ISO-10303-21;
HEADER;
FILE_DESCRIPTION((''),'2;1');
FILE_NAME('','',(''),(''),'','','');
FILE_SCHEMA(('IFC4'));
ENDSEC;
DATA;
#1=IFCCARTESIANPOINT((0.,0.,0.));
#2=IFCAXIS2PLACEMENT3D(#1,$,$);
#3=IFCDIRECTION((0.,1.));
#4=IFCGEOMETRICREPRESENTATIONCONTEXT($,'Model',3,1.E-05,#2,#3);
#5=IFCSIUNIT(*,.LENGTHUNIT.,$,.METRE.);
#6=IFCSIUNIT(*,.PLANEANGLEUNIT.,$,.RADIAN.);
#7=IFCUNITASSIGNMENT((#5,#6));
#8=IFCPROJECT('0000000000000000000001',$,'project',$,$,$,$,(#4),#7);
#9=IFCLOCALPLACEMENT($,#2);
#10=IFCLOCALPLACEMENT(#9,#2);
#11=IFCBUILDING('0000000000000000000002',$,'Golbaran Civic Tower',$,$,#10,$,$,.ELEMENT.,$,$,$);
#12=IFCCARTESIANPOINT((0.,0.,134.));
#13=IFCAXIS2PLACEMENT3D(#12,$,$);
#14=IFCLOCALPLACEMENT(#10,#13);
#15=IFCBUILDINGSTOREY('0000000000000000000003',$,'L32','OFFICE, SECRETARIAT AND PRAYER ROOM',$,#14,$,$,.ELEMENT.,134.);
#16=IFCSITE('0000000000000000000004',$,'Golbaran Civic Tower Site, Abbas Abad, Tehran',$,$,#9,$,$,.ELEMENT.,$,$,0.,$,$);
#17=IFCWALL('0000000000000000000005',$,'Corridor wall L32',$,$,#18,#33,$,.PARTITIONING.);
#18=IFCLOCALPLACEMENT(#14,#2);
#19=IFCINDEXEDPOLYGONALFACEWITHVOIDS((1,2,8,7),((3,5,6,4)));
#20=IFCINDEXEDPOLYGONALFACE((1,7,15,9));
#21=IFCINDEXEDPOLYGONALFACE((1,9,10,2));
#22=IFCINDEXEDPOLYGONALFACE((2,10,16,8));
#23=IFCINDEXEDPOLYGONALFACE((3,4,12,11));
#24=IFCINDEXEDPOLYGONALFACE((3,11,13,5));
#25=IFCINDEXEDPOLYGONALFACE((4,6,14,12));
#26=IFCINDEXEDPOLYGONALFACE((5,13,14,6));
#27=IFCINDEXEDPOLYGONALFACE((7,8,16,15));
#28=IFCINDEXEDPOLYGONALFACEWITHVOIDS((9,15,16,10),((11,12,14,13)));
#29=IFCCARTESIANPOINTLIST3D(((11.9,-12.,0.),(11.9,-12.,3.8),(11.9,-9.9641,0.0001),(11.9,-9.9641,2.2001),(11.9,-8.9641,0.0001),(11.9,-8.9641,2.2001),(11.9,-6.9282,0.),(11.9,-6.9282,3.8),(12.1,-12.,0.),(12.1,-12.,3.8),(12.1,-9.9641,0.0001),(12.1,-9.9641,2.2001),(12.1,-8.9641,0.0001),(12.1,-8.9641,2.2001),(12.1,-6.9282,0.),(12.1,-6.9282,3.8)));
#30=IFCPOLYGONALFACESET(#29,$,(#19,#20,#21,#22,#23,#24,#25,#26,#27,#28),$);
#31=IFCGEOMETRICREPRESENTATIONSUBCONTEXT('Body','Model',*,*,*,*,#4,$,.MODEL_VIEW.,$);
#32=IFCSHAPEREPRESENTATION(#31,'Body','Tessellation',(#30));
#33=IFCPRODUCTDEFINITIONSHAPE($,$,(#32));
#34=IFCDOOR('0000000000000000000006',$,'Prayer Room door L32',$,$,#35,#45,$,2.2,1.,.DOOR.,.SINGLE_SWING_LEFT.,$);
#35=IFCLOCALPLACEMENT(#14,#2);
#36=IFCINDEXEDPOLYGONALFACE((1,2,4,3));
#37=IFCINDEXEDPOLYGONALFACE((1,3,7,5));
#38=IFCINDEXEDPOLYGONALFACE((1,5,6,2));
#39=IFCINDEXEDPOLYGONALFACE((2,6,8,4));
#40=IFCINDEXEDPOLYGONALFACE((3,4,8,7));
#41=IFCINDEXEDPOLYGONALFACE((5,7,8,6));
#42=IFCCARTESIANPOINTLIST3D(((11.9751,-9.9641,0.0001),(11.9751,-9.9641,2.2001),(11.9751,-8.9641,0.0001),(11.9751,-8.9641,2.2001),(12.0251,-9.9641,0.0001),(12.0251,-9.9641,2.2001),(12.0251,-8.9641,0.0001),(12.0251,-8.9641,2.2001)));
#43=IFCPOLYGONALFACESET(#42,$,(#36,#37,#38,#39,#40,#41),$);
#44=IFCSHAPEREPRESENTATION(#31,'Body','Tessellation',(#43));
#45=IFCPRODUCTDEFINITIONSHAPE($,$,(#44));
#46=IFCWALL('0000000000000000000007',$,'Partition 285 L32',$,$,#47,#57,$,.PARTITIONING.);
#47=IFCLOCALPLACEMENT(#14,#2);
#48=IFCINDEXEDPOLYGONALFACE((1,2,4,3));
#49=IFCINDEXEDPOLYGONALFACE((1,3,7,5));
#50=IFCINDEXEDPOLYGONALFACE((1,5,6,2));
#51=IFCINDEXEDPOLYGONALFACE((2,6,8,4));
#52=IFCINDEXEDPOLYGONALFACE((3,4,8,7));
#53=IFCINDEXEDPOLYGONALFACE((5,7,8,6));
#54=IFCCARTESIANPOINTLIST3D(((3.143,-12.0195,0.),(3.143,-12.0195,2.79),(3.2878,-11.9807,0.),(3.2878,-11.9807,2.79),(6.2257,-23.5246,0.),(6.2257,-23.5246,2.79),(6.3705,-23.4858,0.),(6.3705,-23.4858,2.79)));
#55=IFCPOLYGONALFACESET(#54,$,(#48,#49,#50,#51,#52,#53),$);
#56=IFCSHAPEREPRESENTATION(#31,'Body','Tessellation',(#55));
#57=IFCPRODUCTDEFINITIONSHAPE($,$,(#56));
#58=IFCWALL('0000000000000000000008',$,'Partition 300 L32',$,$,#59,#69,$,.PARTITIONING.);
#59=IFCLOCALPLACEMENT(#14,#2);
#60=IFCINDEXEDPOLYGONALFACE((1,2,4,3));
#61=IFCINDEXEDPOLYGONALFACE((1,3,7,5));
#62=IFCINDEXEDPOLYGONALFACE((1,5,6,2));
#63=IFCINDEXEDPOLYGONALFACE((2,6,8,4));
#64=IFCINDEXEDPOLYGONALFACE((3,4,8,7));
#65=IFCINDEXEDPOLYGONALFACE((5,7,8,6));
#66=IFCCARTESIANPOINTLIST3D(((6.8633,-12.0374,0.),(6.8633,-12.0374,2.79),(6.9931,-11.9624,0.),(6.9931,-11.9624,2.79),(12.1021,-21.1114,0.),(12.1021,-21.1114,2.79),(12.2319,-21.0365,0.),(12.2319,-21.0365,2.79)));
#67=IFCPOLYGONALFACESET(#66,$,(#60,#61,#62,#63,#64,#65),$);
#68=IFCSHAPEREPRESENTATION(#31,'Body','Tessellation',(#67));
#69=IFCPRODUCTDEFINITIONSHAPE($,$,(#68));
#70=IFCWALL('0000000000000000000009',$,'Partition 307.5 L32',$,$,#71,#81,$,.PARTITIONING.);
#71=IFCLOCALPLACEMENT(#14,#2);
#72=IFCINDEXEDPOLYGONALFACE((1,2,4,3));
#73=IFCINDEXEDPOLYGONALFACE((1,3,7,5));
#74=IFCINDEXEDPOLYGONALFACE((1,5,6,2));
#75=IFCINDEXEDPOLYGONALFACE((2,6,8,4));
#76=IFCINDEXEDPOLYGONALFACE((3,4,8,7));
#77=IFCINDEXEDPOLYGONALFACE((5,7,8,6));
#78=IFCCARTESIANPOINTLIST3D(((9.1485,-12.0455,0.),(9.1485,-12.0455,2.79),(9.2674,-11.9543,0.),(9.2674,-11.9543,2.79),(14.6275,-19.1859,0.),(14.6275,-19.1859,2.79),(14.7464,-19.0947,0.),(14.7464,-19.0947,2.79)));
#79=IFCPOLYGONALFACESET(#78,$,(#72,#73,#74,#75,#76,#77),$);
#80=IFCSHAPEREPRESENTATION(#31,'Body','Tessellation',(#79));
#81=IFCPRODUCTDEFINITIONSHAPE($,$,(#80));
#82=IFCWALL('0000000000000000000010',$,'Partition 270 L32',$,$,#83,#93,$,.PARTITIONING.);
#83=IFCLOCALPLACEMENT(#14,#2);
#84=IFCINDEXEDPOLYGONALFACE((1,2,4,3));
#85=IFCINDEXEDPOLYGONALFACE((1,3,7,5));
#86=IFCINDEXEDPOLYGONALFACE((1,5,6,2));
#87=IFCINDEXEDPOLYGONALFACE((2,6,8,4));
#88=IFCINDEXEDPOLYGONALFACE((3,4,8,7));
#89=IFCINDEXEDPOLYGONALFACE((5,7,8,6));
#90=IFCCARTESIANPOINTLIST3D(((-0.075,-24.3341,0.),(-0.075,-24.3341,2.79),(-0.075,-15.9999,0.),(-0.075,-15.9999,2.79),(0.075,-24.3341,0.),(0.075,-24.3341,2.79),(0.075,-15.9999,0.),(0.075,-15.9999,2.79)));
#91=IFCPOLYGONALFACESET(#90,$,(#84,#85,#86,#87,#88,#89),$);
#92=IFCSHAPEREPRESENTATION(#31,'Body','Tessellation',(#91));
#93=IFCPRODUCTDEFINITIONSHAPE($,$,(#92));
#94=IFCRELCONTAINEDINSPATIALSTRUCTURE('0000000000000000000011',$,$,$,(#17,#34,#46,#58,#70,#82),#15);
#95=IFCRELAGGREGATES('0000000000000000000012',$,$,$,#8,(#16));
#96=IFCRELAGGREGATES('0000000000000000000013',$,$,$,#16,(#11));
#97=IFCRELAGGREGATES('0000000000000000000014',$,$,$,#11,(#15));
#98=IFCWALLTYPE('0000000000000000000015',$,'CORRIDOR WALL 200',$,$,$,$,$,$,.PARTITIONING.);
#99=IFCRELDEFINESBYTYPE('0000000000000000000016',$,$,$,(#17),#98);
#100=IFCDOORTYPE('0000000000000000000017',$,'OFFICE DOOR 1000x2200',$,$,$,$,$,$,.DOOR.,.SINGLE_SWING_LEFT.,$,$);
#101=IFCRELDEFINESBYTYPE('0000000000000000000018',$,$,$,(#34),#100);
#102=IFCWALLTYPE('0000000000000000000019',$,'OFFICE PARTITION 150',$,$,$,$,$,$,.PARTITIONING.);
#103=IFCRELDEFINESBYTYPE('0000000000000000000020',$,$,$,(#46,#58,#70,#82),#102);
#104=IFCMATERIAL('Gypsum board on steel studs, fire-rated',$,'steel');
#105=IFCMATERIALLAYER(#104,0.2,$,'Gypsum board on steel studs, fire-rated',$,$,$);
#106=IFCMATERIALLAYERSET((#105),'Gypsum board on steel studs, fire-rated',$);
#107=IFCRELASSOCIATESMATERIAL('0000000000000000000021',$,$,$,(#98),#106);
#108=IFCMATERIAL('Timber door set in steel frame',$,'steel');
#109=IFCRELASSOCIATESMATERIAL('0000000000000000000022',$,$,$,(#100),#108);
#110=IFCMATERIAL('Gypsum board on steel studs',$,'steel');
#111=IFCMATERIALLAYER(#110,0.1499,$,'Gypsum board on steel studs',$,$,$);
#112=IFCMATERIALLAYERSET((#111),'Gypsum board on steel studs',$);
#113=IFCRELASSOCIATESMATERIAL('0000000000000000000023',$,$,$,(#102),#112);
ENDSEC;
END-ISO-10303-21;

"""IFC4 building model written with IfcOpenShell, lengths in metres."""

from ifc_helpers import new_model, si_unit, direction, frame, frame_2d, origin, place, context, subcontext, project, spatial, rectangle, extrude, material, layer, layer_set, type_object, element, fill, save


model = new_model("IFC4")

# Units and contexts
model_context = context("Model", 3, precision=1e-05, world=origin(), true_north=direction((0.0, 1.0)))
body_context = subcontext(model_context, "Body", "Model", "MODEL_VIEW")
ifc_project = project(units=[si_unit("LENGTHUNIT", "METRE"), si_unit("PLANEANGLEUNIT", "RADIAN")], contexts=[model_context])

# Site, building, storey
site_placement = place(None, origin())
site = spatial("IfcSite", under=ifc_project, at=site_placement, Name="Golbaran Civic Tower Site, Abbas Abad, Tehran", CompositionType="ELEMENT", RefElevation=0.0)
building_placement = place(site_placement, origin())
building = spatial("IfcBuilding", under=site, at=building_placement, Name="Golbaran Civic Tower", CompositionType="ELEMENT")
storey_placement = place(building_placement, frame((0.0, 0.0, 134.0)))
storey = spatial("IfcBuildingStorey", under=building, at=storey_placement, Name="L32", Description="OFFICE, SECRETARIAT AND PRAYER ROOM", CompositionType="ELEMENT", Elevation=134.0)

# Shared definitions
ifc_material_1 = material(Name="Gypsum board on steel studs, fire-rated", Category="steel")
ifc_layer_1 = layer(ifc_material_1, 0.2, Name="Gypsum board on steel studs, fire-rated")
ifc_layer_set_1 = layer_set([ifc_layer_1], Name="Gypsum board on steel studs, fire-rated")
wall_type_1 = type_object("IfcWallType", Name="CORRIDOR WALL 200", PredefinedType="PARTITIONING", material=ifc_layer_set_1)
ifc_material_2 = material(Name="Timber door set in steel frame", Category="steel")
door_type = type_object("IfcDoorType", Name="OFFICE DOOR 1000x2200", OperationType="SINGLE_SWING_LEFT", PredefinedType="DOOR", material=ifc_material_2)

# Wall, opening, door
wall_1_placement = place(storey_placement, frame((12.0, -12.0, 0.0), z_axis=(0.0, 0.0, 1.0), x_axis=(0.0, 1.0, 0.0)))
wall_1 = element("IfcWall", 1, at=wall_1_placement, inside=storey, type_object=wall_type_1, Name="Corridor wall L32", PredefinedType="PARTITIONING", context=body_context, shape_type="SweptSolid", body=[
    extrude(rectangle(XDim=5.0718, YDim=0.2, at=frame_2d((2.5359, 0.0))), origin(), (0.0, 0.0, 1.0), 3.8),
])
opening_1_placement = place(wall_1_placement, frame((2.0359, 0.0, 0.0)))
opening_1 = element("IfcOpeningElement", 2, at=opening_1_placement, cuts=wall_1, PredefinedType="OPENING", context=body_context, shape_type="SweptSolid", body=[
    extrude(rectangle(XDim=1.0, YDim=2.2, at=frame_2d((0.5, 1.1001))), frame((0.0, 0.1099, 0.0), z_axis=(0.0, -1.0, 0.0), x_axis=(1.0, 0.0, 0.0)), (0.0, 0.0, 1.0), 0.22),
])
door_1_placement = place(opening_1_placement, origin())
door_1 = element("IfcDoor", 3, at=door_1_placement, inside=storey, type_object=door_type, Name="Prayer Room door L32", OperationType="SINGLE_SWING_LEFT", OverallHeight=2.2, OverallWidth=1.0, PredefinedType="DOOR", context=body_context, shape_type="SweptSolid", body=[
    extrude(rectangle(XDim=1.0, YDim=2.2, at=frame_2d((0.5, 1.1001))), frame((0.0, 0.0249, 0.0), z_axis=(0.0, -1.0, 0.0), x_axis=(1.0, 0.0, 0.0)), (0.0, 0.0, 1.0), 0.05),
])
fill(opening_1, door_1)

# Walls
ifc_material_3 = material(Name="Gypsum board on steel studs", Category="steel")
ifc_layer_2 = layer(ifc_material_3, 0.1499, Name="Gypsum board on steel studs")
ifc_layer_set_2 = layer_set([ifc_layer_2], Name="Gypsum board on steel studs")
wall_type_2 = type_object("IfcWallType", Name="OFFICE PARTITION 150", PredefinedType="PARTITIONING", material=ifc_layer_set_2)
wall_2_placement = place(storey_placement, frame((3.2153, -12.0, 0.0), z_axis=(0.0, 0.0, 1.0), x_axis=(0.258817, -0.965926, 0.0)))
element("IfcWall", 4, at=wall_2_placement, inside=storey, type_object=wall_type_2, Name="Partition 285 L32", PredefinedType="PARTITIONING", context=body_context, shape_type="SweptSolid", body=[
    extrude(rectangle(XDim=11.9109, YDim=0.1499, at=frame_2d((5.9556, 0.0))), origin(), (0.0, 0.0, 1.0), 2.79),
])
wall_3_placement = place(storey_placement, frame((6.9282, -12.0, 0.0), z_axis=(0.0, 0.0, 1.0), x_axis=(0.499993, -0.866029, 0.0)))
element("IfcWall", 5, at=wall_3_placement, inside=storey, type_object=wall_type_2, Name="Partition 300 L32", PredefinedType="PARTITIONING", context=body_context, shape_type="SweptSolid", body=[
    extrude(rectangle(XDim=10.4778, YDim=0.1499, at=frame_2d((5.2388, 0.0))), origin(), (0.0, 0.0, 1.0), 2.79),
])
wall_4_placement = place(storey_placement, frame((9.208, -12.0, 0.0), z_axis=(0.0, 0.0, 1.0), x_axis=(0.608761, -0.793354, 0.0)))
element("IfcWall", 6, at=wall_4_placement, inside=storey, type_object=wall_type_2, Name="Partition 307.5 L32", PredefinedType="PARTITIONING", context=body_context, shape_type="SweptSolid", body=[
    extrude(rectangle(XDim=9.0002, YDim=0.1499, at=frame_2d((4.5, 0.0))), origin(), (0.0, 0.0, 1.0), 2.79),
])
wall_5_placement = place(storey_placement, frame((0.0, -16.0, 0.0), z_axis=(0.0, 0.0, 1.0), x_axis=(0.0, -1.0, 0.0)))
element("IfcWall", 7, at=wall_5_placement, inside=storey, type_object=wall_type_2, Name="Partition 270 L32", PredefinedType="PARTITIONING", context=body_context, shape_type="SweptSolid", body=[
    extrude(rectangle(XDim=8.3342, YDim=0.1499, at=frame_2d((4.167, 0.0))), origin(), (0.0, 0.0, 1.0), 2.79),
])

save(model, "model.ifc")
